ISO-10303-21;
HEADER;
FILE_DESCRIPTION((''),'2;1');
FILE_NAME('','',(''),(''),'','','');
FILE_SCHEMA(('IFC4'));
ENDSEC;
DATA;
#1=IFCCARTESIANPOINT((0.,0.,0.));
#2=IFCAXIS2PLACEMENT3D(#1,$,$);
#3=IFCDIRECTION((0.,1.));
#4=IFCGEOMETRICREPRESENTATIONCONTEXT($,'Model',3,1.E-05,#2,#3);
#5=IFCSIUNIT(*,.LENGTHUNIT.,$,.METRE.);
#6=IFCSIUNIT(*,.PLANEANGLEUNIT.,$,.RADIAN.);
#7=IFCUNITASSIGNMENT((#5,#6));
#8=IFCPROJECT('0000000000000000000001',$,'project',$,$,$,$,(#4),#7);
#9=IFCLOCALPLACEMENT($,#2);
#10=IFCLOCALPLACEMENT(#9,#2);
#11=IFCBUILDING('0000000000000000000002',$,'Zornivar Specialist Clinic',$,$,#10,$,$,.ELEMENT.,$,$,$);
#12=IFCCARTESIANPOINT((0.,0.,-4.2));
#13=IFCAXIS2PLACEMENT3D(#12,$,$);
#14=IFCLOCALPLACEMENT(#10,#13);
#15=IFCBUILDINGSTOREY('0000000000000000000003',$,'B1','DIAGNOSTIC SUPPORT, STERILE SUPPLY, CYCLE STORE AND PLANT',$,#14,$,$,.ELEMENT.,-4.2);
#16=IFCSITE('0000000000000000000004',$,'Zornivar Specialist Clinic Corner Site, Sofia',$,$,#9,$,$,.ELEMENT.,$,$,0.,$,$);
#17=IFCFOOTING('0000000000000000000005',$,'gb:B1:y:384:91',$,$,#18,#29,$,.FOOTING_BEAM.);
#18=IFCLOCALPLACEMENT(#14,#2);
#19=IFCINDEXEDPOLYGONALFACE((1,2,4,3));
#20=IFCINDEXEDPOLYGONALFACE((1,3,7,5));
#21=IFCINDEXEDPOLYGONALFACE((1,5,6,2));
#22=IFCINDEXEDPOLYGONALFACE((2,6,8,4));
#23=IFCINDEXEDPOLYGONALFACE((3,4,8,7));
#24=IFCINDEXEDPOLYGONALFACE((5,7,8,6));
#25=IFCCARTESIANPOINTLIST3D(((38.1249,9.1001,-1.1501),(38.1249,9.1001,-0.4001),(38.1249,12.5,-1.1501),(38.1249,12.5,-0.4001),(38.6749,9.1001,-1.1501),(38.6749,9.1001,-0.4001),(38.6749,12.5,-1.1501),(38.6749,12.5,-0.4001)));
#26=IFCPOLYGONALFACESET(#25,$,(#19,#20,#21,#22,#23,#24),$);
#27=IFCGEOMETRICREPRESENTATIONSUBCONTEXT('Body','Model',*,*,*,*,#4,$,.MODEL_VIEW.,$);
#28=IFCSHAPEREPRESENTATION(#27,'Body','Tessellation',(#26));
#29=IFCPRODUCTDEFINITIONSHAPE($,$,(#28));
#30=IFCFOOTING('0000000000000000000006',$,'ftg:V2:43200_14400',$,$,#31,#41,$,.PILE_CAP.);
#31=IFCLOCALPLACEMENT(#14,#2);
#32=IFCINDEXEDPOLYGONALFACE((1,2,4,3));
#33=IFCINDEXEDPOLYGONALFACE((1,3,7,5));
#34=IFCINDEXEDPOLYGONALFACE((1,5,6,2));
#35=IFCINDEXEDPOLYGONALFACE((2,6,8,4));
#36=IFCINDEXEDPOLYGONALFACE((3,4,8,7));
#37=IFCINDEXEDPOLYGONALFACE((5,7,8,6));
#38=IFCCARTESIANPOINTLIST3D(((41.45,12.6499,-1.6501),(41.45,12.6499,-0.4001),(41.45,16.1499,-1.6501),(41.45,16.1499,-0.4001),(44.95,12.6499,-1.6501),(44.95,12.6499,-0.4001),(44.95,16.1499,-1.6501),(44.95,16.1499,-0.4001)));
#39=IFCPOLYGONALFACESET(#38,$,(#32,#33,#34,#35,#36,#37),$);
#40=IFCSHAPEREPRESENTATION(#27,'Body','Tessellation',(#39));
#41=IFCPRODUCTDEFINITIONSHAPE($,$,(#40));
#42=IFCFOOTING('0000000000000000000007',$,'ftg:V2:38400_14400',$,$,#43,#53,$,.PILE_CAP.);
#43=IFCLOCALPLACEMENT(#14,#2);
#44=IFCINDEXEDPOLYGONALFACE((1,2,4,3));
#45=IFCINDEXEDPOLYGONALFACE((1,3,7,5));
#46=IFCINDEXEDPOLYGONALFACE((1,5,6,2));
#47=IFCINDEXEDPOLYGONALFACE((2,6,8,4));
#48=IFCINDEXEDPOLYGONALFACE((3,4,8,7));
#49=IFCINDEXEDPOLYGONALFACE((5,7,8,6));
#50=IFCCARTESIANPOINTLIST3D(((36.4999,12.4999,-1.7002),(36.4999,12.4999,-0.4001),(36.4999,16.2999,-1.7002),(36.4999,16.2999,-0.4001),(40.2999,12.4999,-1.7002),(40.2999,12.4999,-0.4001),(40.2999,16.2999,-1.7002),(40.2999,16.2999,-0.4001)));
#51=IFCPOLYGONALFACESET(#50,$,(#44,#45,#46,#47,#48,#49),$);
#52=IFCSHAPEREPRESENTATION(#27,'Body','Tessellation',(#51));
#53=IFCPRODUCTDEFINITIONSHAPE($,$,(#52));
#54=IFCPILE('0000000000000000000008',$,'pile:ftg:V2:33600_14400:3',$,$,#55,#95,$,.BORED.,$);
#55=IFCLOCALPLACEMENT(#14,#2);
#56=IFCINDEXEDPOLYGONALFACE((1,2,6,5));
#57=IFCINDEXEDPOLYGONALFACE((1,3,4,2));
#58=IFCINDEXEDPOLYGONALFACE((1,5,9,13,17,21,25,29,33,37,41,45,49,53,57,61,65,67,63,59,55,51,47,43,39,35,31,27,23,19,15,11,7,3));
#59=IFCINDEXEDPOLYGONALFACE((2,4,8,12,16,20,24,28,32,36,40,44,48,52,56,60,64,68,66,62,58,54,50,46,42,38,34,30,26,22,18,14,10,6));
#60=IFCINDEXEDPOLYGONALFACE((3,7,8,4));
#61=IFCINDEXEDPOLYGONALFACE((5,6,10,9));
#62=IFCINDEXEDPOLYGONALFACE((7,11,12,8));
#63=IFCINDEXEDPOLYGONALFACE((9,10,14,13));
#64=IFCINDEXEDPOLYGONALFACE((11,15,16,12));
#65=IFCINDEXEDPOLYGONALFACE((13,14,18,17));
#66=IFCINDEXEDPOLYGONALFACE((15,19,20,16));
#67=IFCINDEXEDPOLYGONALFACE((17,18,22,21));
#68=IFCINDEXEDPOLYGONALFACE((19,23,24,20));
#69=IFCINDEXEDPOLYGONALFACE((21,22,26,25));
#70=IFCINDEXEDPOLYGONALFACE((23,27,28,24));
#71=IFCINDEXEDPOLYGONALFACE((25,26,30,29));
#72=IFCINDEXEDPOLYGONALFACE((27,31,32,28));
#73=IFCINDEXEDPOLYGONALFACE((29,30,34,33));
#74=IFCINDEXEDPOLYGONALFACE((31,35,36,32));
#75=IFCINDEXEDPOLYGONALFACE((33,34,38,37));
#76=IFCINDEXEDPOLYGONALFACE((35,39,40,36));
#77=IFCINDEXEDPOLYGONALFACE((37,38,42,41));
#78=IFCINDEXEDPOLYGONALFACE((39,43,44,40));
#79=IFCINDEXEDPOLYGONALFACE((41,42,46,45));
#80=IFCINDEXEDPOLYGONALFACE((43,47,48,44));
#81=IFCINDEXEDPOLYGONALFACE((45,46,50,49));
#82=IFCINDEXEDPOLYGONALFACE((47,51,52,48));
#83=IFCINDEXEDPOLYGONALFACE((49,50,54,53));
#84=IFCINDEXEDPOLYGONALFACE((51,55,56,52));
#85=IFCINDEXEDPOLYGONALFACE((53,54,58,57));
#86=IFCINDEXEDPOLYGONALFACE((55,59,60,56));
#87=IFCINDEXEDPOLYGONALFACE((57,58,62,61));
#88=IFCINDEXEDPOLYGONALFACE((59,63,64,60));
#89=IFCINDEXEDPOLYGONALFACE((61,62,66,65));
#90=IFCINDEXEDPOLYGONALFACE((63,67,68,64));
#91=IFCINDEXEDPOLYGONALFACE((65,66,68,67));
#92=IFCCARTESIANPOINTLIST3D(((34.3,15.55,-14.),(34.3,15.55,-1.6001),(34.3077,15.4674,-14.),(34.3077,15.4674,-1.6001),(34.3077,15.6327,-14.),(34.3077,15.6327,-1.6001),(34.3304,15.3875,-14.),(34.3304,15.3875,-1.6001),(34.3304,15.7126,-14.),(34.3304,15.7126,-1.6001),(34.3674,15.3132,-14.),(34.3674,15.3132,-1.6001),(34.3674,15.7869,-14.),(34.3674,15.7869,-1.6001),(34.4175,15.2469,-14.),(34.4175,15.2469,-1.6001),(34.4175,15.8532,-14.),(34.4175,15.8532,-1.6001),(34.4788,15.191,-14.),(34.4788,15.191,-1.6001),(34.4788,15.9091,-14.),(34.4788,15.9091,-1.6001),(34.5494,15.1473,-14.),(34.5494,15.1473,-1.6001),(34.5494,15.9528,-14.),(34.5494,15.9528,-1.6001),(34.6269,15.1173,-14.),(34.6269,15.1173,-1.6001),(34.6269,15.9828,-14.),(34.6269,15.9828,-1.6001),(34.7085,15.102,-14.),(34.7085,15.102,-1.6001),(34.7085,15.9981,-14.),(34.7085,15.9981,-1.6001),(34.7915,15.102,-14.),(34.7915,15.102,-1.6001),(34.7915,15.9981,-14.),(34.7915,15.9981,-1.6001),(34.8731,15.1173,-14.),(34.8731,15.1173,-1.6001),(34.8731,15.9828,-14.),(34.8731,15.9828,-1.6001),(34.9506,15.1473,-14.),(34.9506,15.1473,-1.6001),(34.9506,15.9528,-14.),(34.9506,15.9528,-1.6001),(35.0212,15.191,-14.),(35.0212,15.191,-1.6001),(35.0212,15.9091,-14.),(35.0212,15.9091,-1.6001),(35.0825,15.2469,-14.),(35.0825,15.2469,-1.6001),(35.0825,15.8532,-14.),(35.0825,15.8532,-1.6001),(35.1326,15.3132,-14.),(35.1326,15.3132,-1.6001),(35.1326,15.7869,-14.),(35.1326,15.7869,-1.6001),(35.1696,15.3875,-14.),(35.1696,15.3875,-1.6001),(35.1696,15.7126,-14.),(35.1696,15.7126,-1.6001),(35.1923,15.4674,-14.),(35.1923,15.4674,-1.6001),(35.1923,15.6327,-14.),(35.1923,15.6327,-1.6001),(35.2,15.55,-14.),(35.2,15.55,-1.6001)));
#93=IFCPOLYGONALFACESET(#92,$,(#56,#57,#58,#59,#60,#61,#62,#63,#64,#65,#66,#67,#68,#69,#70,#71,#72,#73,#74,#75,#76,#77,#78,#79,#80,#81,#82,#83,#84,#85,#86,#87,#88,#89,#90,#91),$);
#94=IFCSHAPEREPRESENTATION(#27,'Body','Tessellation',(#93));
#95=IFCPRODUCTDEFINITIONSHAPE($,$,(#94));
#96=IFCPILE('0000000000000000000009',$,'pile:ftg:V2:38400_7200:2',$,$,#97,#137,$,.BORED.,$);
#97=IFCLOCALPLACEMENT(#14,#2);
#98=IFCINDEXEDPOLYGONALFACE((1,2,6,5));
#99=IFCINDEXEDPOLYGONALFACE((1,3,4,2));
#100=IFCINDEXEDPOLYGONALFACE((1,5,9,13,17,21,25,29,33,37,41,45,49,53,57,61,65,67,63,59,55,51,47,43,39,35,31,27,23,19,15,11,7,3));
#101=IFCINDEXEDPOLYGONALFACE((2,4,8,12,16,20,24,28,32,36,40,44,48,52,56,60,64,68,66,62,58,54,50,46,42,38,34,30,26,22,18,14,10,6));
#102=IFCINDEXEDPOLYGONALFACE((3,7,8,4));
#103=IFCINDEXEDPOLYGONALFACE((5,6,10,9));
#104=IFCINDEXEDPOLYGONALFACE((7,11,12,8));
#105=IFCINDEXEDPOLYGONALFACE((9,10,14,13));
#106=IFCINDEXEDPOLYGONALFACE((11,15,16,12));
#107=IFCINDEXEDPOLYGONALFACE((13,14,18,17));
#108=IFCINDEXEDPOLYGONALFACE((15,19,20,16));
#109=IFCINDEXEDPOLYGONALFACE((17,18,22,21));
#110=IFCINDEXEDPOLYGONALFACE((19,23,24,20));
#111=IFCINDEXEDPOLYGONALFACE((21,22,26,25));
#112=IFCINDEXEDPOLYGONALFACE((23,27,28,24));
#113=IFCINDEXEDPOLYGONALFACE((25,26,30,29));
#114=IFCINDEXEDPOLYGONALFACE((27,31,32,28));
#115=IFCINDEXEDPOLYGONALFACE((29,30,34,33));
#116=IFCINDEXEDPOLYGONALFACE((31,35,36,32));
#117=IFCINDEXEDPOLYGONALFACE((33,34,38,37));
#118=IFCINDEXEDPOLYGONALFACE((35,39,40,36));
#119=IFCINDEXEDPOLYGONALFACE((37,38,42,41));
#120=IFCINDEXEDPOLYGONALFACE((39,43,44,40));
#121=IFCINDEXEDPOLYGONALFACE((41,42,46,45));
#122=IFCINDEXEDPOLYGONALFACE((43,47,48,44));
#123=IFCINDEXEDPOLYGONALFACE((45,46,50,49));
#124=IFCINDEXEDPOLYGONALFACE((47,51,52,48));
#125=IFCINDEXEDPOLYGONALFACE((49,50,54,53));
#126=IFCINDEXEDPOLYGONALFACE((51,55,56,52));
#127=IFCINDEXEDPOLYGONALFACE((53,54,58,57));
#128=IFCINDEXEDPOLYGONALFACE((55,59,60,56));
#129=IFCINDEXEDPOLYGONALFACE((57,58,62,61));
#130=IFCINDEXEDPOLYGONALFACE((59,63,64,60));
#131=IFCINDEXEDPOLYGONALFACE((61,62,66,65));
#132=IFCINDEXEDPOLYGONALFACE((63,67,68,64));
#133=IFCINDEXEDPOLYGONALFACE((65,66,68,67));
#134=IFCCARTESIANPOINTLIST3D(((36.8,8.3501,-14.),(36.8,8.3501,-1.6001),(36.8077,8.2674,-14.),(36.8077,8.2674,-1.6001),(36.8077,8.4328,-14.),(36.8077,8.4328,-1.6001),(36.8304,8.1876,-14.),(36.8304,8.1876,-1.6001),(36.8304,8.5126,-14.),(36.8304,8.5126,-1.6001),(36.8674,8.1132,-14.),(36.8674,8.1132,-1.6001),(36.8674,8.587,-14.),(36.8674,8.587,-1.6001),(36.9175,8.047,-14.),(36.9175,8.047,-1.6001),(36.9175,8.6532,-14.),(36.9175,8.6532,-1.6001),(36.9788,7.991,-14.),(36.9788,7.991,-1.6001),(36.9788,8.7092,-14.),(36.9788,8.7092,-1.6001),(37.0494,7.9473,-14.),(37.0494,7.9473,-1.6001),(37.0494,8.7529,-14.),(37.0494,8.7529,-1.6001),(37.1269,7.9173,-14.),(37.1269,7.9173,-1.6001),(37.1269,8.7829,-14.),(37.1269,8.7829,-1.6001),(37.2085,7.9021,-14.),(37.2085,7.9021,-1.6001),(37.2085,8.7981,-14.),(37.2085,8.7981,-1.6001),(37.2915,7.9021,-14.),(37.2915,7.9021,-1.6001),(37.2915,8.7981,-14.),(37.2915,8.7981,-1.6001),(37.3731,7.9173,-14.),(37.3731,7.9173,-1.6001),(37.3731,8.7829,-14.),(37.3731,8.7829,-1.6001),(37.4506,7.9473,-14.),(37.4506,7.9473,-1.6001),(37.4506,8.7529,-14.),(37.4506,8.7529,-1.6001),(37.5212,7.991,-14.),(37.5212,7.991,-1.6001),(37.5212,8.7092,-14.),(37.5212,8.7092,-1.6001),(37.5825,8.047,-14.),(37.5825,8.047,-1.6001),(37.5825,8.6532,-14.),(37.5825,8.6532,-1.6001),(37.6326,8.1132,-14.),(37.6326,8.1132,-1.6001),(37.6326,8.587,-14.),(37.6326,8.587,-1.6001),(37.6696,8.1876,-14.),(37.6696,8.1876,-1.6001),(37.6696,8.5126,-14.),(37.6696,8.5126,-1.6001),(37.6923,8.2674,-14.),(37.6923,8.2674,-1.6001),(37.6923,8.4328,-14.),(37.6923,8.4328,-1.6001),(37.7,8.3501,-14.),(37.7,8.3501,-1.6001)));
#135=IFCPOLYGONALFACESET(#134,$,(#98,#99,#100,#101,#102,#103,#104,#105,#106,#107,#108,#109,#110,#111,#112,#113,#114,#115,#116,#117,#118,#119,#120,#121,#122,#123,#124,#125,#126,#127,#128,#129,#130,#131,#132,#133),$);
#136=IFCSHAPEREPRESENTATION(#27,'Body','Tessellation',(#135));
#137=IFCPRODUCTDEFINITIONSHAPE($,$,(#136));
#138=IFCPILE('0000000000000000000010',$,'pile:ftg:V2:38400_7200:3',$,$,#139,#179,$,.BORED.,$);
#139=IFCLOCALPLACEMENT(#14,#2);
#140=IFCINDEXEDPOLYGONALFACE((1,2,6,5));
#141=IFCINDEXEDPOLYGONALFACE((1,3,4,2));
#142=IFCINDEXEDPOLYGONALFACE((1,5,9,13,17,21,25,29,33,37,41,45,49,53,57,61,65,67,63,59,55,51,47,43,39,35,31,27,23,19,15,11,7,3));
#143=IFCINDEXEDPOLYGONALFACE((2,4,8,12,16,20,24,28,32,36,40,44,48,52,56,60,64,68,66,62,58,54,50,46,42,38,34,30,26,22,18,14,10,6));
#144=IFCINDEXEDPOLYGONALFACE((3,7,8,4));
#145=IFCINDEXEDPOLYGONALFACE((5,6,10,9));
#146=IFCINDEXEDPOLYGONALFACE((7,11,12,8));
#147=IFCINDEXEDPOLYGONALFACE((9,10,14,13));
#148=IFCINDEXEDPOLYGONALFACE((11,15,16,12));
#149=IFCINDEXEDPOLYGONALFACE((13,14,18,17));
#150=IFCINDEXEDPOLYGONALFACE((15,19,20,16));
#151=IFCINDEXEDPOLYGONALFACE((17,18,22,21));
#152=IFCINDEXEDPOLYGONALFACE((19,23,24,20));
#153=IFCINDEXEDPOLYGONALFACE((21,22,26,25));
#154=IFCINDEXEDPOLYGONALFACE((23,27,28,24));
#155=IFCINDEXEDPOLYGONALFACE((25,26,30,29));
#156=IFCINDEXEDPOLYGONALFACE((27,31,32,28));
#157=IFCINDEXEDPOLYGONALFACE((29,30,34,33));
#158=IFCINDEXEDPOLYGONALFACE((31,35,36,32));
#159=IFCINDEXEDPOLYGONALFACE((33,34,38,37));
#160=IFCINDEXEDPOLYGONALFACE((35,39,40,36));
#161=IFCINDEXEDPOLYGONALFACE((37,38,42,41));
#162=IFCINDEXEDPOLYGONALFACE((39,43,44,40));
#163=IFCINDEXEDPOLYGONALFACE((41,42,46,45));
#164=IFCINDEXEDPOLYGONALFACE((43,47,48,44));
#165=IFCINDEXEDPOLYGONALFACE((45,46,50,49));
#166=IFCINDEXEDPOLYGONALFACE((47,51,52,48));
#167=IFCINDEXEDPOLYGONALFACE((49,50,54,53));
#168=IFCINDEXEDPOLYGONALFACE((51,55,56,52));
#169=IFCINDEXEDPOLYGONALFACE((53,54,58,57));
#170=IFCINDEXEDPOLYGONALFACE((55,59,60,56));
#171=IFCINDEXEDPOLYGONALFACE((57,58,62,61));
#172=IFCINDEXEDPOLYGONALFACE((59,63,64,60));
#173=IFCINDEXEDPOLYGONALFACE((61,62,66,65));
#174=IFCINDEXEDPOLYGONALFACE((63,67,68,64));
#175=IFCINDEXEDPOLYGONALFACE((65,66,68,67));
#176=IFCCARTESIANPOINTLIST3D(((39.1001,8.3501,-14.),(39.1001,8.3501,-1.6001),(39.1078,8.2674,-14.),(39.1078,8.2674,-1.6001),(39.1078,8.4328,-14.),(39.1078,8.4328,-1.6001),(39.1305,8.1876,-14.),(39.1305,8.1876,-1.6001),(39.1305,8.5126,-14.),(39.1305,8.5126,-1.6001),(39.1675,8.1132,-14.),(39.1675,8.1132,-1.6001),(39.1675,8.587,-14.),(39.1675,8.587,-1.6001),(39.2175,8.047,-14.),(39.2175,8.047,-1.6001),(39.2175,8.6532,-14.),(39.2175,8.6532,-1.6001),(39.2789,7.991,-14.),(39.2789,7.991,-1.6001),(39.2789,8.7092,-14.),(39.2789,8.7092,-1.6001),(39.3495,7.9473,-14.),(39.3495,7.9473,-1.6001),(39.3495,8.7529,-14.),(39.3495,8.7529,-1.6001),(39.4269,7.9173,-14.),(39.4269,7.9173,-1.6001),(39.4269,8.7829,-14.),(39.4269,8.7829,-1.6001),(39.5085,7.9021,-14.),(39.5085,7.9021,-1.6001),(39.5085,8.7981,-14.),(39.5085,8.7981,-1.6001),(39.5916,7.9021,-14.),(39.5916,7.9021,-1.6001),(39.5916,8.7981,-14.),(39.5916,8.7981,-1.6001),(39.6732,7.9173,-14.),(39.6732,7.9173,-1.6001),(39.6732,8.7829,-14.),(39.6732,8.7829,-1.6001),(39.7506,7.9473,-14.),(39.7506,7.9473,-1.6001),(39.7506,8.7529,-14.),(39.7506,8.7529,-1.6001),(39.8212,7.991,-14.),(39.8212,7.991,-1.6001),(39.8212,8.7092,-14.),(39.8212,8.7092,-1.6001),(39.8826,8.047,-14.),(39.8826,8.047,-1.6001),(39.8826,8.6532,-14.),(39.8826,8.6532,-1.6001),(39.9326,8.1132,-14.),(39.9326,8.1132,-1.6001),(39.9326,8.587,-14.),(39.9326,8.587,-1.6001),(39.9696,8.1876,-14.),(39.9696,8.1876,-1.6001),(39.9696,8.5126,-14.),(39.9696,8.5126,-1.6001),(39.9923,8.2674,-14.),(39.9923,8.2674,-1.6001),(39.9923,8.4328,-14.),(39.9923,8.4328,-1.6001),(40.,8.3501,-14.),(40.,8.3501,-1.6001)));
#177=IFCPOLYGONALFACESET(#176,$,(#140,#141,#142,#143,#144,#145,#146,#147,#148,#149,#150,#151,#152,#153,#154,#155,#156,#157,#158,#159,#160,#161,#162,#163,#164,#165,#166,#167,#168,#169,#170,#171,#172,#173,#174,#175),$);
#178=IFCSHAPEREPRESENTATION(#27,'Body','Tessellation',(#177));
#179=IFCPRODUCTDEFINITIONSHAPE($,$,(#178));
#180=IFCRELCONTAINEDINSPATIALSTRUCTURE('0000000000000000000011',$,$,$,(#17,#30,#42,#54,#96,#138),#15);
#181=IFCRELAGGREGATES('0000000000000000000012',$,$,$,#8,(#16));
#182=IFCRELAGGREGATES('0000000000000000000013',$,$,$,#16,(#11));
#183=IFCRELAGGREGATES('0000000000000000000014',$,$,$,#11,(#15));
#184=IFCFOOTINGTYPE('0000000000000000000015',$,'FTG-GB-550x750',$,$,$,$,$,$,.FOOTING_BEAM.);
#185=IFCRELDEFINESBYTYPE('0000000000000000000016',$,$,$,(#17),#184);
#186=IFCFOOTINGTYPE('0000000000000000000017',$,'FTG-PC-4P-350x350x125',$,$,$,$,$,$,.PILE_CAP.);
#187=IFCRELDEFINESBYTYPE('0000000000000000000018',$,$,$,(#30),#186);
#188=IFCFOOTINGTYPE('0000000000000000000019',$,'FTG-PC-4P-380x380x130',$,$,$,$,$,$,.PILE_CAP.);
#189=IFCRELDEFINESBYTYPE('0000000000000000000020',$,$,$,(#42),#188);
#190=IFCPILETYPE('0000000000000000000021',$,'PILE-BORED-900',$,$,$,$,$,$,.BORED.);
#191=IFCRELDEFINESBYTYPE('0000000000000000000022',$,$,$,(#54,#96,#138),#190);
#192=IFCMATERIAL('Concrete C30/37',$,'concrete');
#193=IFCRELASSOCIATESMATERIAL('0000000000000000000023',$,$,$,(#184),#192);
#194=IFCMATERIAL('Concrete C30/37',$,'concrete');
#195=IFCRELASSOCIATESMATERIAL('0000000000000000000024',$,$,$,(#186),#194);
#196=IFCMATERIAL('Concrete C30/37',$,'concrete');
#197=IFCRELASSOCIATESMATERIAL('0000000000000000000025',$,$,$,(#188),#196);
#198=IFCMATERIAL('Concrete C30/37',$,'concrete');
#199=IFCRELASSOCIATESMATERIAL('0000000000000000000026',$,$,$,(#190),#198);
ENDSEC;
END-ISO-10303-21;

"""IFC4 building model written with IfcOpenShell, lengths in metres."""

from ifc_helpers import new_model, si_unit, direction, frame, origin, origin_2d, place, context, subcontext, project, spatial, rectangle, circle, extrude, material, material_profile, profile_set, type_object, element, save


model = new_model("IFC4")

# Units and contexts
model_context = context("Model", 3, precision=1e-05, world=origin(), true_north=direction((0.0, 1.0)))
body_context = subcontext(model_context, "Body", "Model", "MODEL_VIEW")
ifc_project = project(units=[si_unit("LENGTHUNIT", "METRE"), si_unit("PLANEANGLEUNIT", "RADIAN")], contexts=[model_context])

# Site, building, storey
site_placement = place(None, origin())
site = spatial("IfcSite", under=ifc_project, at=site_placement, Name="Zornivar Specialist Clinic Corner Site, Sofia", CompositionType="ELEMENT", RefElevation=0.0)
building_placement = place(site_placement, origin())
building = spatial("IfcBuilding", under=site, at=building_placement, Name="Zornivar Specialist Clinic", CompositionType="ELEMENT")
storey_placement = place(building_placement, frame((0.0, 0.0, -4.2)))
storey = spatial("IfcBuildingStorey", under=building, at=storey_placement, Name="B1", Description="DIAGNOSTIC SUPPORT, STERILE SUPPLY, CYCLE STORE AND PLANT", CompositionType="ELEMENT", Elevation=-4.2)

# Footings
ifc_material_1 = material(Name="Concrete C30/37", Category="concrete")
ifc_material_profile_1 = material_profile(ifc_material_1, rectangle(XDim=0.55, YDim=0.75, at=origin_2d()), Name="RC 550x750")
ifc_profile_set_1 = profile_set([ifc_material_profile_1], Name="Concrete C30/37")
footing_type_1 = type_object("IfcFootingType", Name="FTG-GB-550x750", PredefinedType="FOOTING_BEAM", material=ifc_profile_set_1)
footing_1_placement = place(storey_placement, frame((38.3999, 9.1001, -0.7751), z_axis=(0.0, 1.0, 0.0), x_axis=(-1.0, 0.0, 0.0)))
element("IfcFooting", 1, at=footing_1_placement, inside=storey, type_object=footing_type_1, Name="gb:B1:y:384:91", PredefinedType="FOOTING_BEAM", context=body_context, shape_type="SweptSolid", body=[
    extrude(rectangle(XDim=0.55, YDim=0.75, at=origin_2d()), origin(), (0.0, 0.0, 1.0), 3.3999),
])
ifc_material_2 = material(Name="Concrete C30/37", Category="concrete")
footing_type_2 = type_object("IfcFootingType", Name="FTG-PC-4P-350x350x125", PredefinedType="PILE_CAP", material=ifc_material_2)
footing_2_placement = place(storey_placement, frame((43.2, 14.3999, -1.6501), z_axis=(0.0, 0.0, 1.0), x_axis=(1.0, 0.0, 0.0)))
element("IfcFooting", 2, at=footing_2_placement, inside=storey, type_object=footing_type_2, Name="ftg:V2:43200_14400", PredefinedType="PILE_CAP", context=body_context, shape_type="SweptSolid", body=[
    extrude(rectangle(XDim=3.5, YDim=3.5, at=origin_2d()), origin(), (0.0, 0.0, 1.0), 1.25),
])
ifc_material_3 = material(Name="Concrete C30/37", Category="concrete")
footing_type_3 = type_object("IfcFootingType", Name="FTG-PC-4P-380x380x130", PredefinedType="PILE_CAP", material=ifc_material_3)
footing_3_placement = place(storey_placement, frame((38.3999, 14.3999, -1.7002), z_axis=(0.0, 0.0, 1.0), x_axis=(1.0, 0.0, 0.0)))
element("IfcFooting", 3, at=footing_3_placement, inside=storey, type_object=footing_type_3, Name="ftg:V2:38400_14400", PredefinedType="PILE_CAP", context=body_context, shape_type="SweptSolid", body=[
    extrude(rectangle(XDim=3.8, YDim=3.8, at=origin_2d()), origin(), (0.0, 0.0, 1.0), 1.3),
])

# Piles
ifc_material_4 = material(Name="Concrete C30/37", Category="concrete")
ifc_material_profile_2 = material_profile(ifc_material_4, circle(Radius=0.45, at=origin_2d()), Name="PILE D900")
ifc_profile_set_2 = profile_set([ifc_material_profile_2], Name="Concrete C30/37")
pile_type = type_object("IfcPileType", Name="PILE-BORED-900", PredefinedType="BORED", material=ifc_profile_set_2)
for number, where, z_axis, x_axis, name in (
    (4, (34.75, 15.55, -1.6001), (0.0, 0.0, -1.0), (1.0, 0.0, 0.0), "pile:ftg:V2:33600_14400:3"),
    (5, (37.25, 8.3501, -1.6001), (0.0, 0.0, -1.0), (1.0, 0.0, 0.0), "pile:ftg:V2:38400_7200:2"),
    (6, (39.55, 8.3501, -1.6001), (0.0, 0.0, -1.0), (1.0, 0.0, 0.0), "pile:ftg:V2:38400_7200:3"),
):
    element("IfcPile", number, at=place(storey_placement, frame(where, z_axis=z_axis, x_axis=x_axis)), inside=storey, type_object=pile_type, Name=name, PredefinedType="BORED", context=body_context, shape_type="SweptSolid", body=[
        extrude(circle(Radius=0.45, at=origin_2d()), origin(), (0.0, 0.0, 1.0), 12.3999),
    ])

save(model, "model.ifc")
